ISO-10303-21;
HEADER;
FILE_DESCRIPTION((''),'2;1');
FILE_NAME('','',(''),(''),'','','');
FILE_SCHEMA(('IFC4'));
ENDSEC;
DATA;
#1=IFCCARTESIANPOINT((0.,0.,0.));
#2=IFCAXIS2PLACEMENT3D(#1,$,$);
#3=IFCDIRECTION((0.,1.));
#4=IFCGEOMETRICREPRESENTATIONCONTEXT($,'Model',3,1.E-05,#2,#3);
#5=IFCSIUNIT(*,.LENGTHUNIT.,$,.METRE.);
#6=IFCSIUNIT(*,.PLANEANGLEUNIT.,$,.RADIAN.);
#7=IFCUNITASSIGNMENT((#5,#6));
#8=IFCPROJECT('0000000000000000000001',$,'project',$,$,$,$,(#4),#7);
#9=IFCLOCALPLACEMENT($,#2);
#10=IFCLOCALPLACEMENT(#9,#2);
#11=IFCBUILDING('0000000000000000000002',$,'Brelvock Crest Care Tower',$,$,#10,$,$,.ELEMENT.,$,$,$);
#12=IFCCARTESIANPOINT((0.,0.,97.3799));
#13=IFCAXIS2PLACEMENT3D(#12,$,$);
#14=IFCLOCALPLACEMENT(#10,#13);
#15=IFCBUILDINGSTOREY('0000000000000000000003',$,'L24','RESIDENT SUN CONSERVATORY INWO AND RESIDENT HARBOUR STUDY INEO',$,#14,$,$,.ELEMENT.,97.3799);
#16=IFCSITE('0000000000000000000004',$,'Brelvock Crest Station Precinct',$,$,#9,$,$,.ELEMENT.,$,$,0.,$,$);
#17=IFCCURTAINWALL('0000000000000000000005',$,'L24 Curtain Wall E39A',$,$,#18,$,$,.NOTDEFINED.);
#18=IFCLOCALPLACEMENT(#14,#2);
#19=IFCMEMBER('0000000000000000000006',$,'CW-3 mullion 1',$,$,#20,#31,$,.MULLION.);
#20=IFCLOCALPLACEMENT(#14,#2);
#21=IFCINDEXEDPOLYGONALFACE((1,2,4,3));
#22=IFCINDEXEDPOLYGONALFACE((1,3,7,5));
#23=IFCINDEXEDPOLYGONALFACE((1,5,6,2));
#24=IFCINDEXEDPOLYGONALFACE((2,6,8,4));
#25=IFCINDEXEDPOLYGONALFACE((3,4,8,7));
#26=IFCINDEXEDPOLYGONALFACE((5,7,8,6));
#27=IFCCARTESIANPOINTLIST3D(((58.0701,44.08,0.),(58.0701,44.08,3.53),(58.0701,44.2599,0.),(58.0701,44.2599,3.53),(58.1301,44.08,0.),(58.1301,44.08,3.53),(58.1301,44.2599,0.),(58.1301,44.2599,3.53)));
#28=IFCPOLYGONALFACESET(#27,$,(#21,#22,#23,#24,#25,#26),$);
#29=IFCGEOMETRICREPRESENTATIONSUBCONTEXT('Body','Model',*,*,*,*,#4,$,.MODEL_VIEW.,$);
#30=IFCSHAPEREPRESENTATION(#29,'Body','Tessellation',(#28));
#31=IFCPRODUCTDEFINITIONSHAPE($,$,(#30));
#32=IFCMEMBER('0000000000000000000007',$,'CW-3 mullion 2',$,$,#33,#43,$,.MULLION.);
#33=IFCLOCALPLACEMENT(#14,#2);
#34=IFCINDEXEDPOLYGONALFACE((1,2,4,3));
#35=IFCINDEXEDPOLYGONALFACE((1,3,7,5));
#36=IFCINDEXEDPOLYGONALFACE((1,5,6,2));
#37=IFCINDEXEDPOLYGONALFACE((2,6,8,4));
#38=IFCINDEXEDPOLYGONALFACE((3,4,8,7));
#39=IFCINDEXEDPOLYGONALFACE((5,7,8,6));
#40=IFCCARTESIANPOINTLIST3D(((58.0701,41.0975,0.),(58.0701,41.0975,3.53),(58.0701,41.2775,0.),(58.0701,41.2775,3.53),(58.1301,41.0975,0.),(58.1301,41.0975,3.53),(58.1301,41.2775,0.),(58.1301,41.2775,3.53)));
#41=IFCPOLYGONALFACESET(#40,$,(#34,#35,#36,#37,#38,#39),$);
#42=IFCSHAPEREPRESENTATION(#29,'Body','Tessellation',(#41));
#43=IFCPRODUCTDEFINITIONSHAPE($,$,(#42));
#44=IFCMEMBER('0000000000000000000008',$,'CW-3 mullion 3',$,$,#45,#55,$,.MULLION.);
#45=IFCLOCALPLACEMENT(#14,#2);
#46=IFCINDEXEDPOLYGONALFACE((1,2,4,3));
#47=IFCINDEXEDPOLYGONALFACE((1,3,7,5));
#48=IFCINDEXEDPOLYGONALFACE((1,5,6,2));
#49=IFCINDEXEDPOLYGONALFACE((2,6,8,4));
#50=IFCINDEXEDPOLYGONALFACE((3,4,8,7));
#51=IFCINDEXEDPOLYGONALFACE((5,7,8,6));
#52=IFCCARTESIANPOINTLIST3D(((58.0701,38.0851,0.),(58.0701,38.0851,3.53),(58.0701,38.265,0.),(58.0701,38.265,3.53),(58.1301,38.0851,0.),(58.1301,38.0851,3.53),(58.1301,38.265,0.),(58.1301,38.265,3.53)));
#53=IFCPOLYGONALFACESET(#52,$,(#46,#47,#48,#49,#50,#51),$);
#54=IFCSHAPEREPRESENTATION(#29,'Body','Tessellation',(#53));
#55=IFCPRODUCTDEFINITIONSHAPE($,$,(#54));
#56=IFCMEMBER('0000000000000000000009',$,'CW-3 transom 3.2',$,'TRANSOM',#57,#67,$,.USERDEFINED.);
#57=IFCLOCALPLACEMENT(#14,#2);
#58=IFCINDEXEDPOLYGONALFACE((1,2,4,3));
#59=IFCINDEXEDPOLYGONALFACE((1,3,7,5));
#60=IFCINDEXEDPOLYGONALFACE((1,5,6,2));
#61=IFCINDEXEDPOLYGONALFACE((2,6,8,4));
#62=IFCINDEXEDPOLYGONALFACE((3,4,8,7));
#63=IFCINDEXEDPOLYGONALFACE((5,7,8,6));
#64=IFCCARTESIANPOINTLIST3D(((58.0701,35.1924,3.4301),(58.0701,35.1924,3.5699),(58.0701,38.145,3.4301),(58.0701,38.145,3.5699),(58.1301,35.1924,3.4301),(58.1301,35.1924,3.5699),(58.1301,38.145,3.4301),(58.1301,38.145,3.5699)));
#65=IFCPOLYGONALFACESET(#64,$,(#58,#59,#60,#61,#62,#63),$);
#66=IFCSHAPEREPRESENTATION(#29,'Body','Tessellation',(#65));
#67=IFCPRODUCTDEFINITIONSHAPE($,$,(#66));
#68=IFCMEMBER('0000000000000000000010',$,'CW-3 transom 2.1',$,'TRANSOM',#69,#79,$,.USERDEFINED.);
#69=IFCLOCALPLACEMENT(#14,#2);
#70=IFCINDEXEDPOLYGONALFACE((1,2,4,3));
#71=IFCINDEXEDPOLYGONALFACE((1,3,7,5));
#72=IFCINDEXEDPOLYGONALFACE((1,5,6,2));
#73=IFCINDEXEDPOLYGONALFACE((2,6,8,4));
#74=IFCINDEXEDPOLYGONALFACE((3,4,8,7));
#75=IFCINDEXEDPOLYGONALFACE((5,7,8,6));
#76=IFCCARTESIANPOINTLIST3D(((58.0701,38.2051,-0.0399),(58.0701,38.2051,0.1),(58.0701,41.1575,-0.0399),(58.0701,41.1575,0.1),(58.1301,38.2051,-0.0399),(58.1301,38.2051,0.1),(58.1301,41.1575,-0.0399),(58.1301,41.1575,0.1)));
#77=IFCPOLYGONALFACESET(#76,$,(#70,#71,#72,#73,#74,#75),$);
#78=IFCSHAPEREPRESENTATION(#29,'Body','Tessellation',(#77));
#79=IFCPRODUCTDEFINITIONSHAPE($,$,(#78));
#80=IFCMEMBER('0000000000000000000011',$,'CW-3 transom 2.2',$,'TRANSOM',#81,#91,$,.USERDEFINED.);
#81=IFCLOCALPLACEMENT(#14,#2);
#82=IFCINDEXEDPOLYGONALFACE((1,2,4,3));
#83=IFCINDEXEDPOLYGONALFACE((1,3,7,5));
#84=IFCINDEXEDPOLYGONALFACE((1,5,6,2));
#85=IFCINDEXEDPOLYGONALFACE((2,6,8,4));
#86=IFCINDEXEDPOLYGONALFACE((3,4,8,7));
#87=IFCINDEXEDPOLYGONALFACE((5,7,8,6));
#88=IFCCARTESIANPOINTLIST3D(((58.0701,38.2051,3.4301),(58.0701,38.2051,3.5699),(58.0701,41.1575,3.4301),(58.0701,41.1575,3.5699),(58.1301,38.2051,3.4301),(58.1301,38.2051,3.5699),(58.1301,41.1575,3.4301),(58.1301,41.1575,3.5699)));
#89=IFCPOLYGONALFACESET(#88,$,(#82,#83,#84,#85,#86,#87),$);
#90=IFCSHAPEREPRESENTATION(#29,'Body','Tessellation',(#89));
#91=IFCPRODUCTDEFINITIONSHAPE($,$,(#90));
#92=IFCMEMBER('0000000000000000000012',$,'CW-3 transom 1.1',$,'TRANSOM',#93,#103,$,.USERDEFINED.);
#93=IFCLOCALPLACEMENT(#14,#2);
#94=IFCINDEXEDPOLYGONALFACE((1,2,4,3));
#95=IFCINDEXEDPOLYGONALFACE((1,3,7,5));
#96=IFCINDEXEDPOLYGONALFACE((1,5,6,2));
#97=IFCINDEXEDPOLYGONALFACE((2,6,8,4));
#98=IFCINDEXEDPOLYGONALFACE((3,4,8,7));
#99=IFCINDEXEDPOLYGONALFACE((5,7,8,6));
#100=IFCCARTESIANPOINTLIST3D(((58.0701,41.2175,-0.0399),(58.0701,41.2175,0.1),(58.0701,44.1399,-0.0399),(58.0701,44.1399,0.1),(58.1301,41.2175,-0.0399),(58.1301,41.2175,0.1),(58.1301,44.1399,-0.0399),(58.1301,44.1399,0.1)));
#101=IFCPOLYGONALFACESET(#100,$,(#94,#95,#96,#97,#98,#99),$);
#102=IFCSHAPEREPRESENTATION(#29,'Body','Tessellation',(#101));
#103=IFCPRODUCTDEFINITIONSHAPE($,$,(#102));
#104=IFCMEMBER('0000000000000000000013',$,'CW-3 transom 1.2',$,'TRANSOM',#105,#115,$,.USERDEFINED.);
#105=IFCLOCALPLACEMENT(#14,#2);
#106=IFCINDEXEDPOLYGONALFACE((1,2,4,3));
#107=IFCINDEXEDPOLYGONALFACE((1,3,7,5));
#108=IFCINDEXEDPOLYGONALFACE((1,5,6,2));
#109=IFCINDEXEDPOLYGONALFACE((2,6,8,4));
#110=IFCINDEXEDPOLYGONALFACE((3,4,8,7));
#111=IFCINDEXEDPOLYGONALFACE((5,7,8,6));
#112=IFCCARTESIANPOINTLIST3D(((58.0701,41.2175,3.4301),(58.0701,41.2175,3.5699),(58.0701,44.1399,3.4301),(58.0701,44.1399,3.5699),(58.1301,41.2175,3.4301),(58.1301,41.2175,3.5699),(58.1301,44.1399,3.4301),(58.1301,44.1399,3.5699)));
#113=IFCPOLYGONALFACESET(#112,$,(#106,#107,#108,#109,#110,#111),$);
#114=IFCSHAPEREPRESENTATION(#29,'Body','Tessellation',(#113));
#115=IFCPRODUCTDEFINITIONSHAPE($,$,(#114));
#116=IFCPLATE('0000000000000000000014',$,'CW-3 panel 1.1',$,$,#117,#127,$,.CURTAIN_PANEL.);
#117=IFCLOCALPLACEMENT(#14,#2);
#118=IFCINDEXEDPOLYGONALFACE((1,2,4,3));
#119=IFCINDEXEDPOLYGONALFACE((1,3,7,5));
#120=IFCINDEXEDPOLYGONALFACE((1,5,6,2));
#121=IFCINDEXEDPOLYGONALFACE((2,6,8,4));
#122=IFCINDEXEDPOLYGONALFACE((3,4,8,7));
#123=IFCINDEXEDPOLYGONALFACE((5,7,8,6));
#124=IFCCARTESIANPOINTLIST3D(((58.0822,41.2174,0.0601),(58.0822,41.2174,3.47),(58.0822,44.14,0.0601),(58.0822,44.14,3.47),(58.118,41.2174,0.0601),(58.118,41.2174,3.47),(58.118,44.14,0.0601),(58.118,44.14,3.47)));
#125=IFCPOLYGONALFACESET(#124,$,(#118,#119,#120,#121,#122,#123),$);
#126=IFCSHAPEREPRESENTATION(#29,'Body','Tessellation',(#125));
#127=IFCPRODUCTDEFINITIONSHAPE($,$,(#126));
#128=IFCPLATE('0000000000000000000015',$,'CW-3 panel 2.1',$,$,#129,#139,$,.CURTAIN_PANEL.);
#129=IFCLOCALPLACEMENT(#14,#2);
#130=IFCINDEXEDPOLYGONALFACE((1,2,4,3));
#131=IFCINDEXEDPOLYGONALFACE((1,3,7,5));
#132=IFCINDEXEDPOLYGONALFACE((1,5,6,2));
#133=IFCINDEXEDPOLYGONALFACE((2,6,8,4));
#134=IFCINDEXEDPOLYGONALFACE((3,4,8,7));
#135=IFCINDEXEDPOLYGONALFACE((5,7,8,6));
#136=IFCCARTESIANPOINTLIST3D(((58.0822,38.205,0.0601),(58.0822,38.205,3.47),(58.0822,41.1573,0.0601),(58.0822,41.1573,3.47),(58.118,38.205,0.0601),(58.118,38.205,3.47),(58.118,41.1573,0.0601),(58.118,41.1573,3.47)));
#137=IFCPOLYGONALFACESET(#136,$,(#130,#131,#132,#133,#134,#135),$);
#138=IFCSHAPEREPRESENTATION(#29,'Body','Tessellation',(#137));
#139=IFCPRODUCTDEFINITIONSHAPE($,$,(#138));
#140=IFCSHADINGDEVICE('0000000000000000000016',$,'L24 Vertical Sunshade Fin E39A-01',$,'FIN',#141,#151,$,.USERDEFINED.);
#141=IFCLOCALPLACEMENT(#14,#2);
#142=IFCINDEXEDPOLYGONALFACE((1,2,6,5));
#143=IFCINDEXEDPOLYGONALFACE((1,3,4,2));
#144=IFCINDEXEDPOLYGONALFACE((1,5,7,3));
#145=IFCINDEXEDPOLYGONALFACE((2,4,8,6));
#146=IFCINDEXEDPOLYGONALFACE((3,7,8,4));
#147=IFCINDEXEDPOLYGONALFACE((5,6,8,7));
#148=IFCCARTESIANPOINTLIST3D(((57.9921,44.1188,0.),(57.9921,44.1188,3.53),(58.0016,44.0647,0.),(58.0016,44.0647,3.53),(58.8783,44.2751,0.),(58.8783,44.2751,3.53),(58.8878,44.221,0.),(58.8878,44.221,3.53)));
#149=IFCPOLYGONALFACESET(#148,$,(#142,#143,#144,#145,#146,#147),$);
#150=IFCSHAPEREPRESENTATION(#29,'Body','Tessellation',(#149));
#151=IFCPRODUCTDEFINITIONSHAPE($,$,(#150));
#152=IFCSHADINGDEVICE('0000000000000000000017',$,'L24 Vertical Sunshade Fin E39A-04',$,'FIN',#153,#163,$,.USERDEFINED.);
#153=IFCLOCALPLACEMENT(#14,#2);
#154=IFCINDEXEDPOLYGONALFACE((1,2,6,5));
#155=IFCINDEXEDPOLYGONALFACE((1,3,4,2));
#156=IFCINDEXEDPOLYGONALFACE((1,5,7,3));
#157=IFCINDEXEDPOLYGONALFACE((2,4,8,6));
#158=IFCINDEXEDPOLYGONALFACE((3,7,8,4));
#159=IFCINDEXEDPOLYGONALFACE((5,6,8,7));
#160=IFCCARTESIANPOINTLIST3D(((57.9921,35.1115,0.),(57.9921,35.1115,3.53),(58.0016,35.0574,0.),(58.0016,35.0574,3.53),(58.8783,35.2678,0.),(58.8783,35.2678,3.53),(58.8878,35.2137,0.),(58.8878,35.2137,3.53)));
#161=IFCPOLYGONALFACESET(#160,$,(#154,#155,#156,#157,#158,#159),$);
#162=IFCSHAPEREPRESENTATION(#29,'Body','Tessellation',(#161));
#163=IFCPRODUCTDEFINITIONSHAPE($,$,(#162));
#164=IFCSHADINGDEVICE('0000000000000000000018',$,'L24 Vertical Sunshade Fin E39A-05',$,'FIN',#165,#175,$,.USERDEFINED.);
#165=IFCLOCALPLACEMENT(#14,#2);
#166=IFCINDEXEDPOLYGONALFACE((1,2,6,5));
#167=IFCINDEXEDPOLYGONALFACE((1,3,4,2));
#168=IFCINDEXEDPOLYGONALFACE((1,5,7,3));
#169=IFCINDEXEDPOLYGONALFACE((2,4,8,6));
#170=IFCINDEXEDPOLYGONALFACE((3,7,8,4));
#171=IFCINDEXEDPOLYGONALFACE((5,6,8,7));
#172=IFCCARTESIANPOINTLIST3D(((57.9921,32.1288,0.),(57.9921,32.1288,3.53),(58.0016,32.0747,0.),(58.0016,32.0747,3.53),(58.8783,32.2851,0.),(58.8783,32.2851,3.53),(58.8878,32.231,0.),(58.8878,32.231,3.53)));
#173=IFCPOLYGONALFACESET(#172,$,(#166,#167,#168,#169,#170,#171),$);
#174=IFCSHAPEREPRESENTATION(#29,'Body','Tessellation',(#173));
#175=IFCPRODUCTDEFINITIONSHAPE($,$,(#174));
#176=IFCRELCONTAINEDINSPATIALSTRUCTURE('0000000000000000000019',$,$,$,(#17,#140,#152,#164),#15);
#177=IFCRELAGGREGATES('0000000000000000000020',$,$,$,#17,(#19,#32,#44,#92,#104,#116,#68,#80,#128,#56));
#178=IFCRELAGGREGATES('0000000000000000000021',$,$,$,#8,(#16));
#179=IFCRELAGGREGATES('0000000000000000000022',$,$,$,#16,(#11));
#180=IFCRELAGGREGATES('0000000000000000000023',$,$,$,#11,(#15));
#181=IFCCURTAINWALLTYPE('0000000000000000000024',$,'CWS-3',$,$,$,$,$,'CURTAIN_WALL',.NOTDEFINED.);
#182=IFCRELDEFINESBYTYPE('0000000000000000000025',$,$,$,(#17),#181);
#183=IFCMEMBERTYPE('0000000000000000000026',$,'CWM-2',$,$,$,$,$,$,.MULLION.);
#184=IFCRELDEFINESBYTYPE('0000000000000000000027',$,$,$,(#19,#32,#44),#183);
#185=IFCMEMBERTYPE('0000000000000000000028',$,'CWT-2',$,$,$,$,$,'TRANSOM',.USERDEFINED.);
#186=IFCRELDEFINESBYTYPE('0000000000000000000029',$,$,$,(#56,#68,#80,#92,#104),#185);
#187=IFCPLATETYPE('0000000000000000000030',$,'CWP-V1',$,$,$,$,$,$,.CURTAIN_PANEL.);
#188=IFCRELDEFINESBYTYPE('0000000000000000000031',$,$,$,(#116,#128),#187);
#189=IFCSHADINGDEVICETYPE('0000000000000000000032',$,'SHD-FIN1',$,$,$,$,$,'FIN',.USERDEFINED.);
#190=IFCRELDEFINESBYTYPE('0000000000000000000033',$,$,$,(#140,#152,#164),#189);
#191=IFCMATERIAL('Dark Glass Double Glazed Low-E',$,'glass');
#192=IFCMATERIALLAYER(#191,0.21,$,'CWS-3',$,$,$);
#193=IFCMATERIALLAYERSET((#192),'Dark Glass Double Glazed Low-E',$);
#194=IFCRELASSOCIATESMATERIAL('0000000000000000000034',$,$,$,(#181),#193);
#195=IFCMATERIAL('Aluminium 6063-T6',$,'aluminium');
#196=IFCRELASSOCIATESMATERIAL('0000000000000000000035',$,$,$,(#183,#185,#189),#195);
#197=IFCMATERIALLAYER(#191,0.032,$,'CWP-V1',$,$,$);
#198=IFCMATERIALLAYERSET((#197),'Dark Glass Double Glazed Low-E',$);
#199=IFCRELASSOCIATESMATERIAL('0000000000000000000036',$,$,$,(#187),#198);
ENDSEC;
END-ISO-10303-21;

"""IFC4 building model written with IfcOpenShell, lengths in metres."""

from ifc_helpers import new_model, si_unit, direction, frame, origin, origin_2d, place, context, subcontext, project, spatial, rectangle, extrude, source, transform, mapped, material, layer, layer_set, material_profile, profile_set, type_object, element, aggregate, save


model = new_model("IFC4")

# Units and contexts
model_context = context("Model", 3, precision=1e-05, world=origin(), true_north=direction((0.0, 1.0)))
body_context = subcontext(model_context, "Body", "Model", "MODEL_VIEW")
ifc_project = project(units=[si_unit("LENGTHUNIT", "METRE"), si_unit("PLANEANGLEUNIT", "RADIAN")], contexts=[model_context])

# Site, building, storey
site_placement = place(None, origin())
site = spatial("IfcSite", under=ifc_project, at=site_placement, Name="Brelvock Crest Station Precinct", CompositionType="ELEMENT", RefElevation=0.0)
building_placement = place(site_placement, origin())
building = spatial("IfcBuilding", under=site, at=building_placement, Name="Brelvock Crest Care Tower", CompositionType="ELEMENT")
storey_placement = place(building_placement, frame((0.0, 0.0, 97.3799)))
storey = spatial("IfcBuildingStorey", under=building, at=storey_placement, Name="L24", Description="RESIDENT SUN CONSERVATORY INWO AND RESIDENT HARBOUR STUDY INEO", CompositionType="ELEMENT", Elevation=97.3799)

# Curtain wall, members, plates
ifc_material_1 = material(Name="Dark Glass Double Glazed Low-E", Category="glass")
ifc_layer_1 = layer(ifc_material_1, 0.21, Name="CWS-3")
ifc_layer_set_1 = layer_set([ifc_layer_1], Name="Dark Glass Double Glazed Low-E")
curtain_wall_type = type_object("IfcCurtainWallType", Name="CWS-3", ElementType="CURTAIN_WALL", PredefinedType="NOTDEFINED", material=ifc_layer_set_1)
curtain_wall_placement = place(storey_placement, origin())
curtain_wall = element("IfcCurtainWall", 1, at=curtain_wall_placement, inside=storey, type_object=curtain_wall_type, Name="L24 Curtain Wall E39A", PredefinedType="NOTDEFINED")
ifc_material_2 = material(Name="Aluminium 6063-T6", Category="aluminium")
ifc_material_profile_1 = material_profile(ifc_material_2, rectangle(XDim=0.0601, YDim=0.1799, at=origin_2d()), Name="ALU60x180")
ifc_profile_set_1 = profile_set([ifc_material_profile_1], Name="Aluminium 6063-T6")
member_type_1 = type_object("IfcMemberType", Name="CWM-2", PredefinedType="MULLION", material=ifc_profile_set_1)
shared_shape_1 = source(origin(), body_context, "Body", "SweptSolid", [
    extrude(rectangle(XDim=0.0601, YDim=0.1799, at=origin_2d()), origin(), (0.0, 0.0, 1.0), 3.53),
])
member_1_placement = place(storey_placement, frame((58.1001, 44.1699, 0.0), z_axis=(0.0, 0.0, 1.0), x_axis=(1.0, 0.0, 0.0)))
member_1 = element("IfcMember", 2, at=member_1_placement, type_object=member_type_1, Name="CW-3 mullion 1", PredefinedType="MULLION", context=body_context, shape_type="MappedRepresentation", body=[
    mapped(shared_shape_1, transform((0.0, 0.0, 0.0), x_axis=(1.0, 0.0, 0.0), y_axis=(0.0, 1.0, 0.0), z_axis=(0.0, 0.0, 1.0), scale=1.0)),
])
member_2_placement = place(storey_placement, frame((58.1001, 41.1875, 0.0), z_axis=(0.0, 0.0, 1.0), x_axis=(1.0, 0.0, 0.0)))
member_2 = element("IfcMember", 3, at=member_2_placement, type_object=member_type_1, Name="CW-3 mullion 2", PredefinedType="MULLION", context=body_context, shape_type="MappedRepresentation", body=[
    mapped(shared_shape_1, transform((0.0, 0.0, 0.0), x_axis=(1.0, 0.0, 0.0), y_axis=(0.0, 1.0, 0.0), z_axis=(0.0, 0.0, 1.0), scale=1.0)),
])
member_3_placement = place(storey_placement, frame((58.1001, 38.175, 0.0), z_axis=(0.0, 0.0, 1.0), x_axis=(1.0, 0.0, 0.0)))
member_3 = element("IfcMember", 4, at=member_3_placement, type_object=member_type_1, Name="CW-3 mullion 3", PredefinedType="MULLION", context=body_context, shape_type="MappedRepresentation", body=[
    mapped(shared_shape_1, transform((0.0, 0.0, 0.0), x_axis=(1.0, 0.0, 0.0), y_axis=(0.0, 1.0, 0.0), z_axis=(0.0, 0.0, 1.0), scale=1.0)),
])
ifc_material_profile_2 = material_profile(ifc_material_2, rectangle(XDim=0.0601, YDim=0.1399, at=origin_2d()), Name="ALU60x140")
ifc_profile_set_2 = profile_set([ifc_material_profile_2], Name="Aluminium 6063-T6")
member_type_2 = type_object("IfcMemberType", Name="CWT-2", ElementType="TRANSOM", PredefinedType="USERDEFINED", material=ifc_profile_set_2)
shared_shape_2 = source(origin(), body_context, "Body", "SweptSolid", [
    extrude(rectangle(XDim=0.0601, YDim=0.1399, at=origin_2d()), origin(), (0.0, 0.0, 1.0), 2.9526),
])
member_4_placement = place(storey_placement, frame((58.1001, 38.145, 3.5), z_axis=(0.0, -1.0, 0.0), x_axis=(1.0, 0.0, 0.0)))
member_4 = element("IfcMember", 5, at=member_4_placement, type_object=member_type_2, Name="CW-3 transom 3.2", ObjectType="TRANSOM", PredefinedType="USERDEFINED", context=body_context, shape_type="MappedRepresentation", body=[
    mapped(shared_shape_2, transform((0.0, 0.0, 0.0), x_axis=(1.0, 0.0, 0.0), y_axis=(0.0, 1.0, 0.0), z_axis=(0.0, 0.0, 1.0), scale=1.0)),
])
shared_shape_3 = source(origin(), body_context, "Body", "SweptSolid", [
    extrude(rectangle(XDim=0.0601, YDim=0.1399, at=origin_2d()), origin(), (0.0, 0.0, 1.0), 2.9524),
])
member_5_placement = place(storey_placement, frame((58.1001, 41.1575, 0.03), z_axis=(0.0, -1.0, 0.0), x_axis=(1.0, 0.0, 0.0)))
member_5 = element("IfcMember", 6, at=member_5_placement, type_object=member_type_2, Name="CW-3 transom 2.1", ObjectType="TRANSOM", PredefinedType="USERDEFINED", context=body_context, shape_type="MappedRepresentation", body=[
    mapped(shared_shape_3, transform((0.0, 0.0, 0.0), x_axis=(1.0, 0.0, 0.0), y_axis=(0.0, 1.0, 0.0), z_axis=(0.0, 0.0, 1.0), scale=1.0)),
])
member_6_placement = place(storey_placement, frame((58.1001, 41.1575, 3.5), z_axis=(0.0, -1.0, 0.0), x_axis=(1.0, 0.0, 0.0)))
member_6 = element("IfcMember", 7, at=member_6_placement, type_object=member_type_2, Name="CW-3 transom 2.2", ObjectType="TRANSOM", PredefinedType="USERDEFINED", context=body_context, shape_type="MappedRepresentation", body=[
    mapped(shared_shape_3, transform((0.0, 0.0, 0.0), x_axis=(1.0, 0.0, 0.0), y_axis=(0.0, 1.0, 0.0), z_axis=(0.0, 0.0, 1.0), scale=1.0)),
])
shared_shape_4 = source(origin(), body_context, "Body", "SweptSolid", [
    extrude(rectangle(XDim=0.0601, YDim=0.1399, at=origin_2d()), origin(), (0.0, 0.0, 1.0), 2.9224),
])
member_7_placement = place(storey_placement, frame((58.1001, 44.1399, 0.03), z_axis=(0.0, -1.0, 0.0), x_axis=(1.0, 0.0, 0.0)))
member_7 = element("IfcMember", 8, at=member_7_placement, type_object=member_type_2, Name="CW-3 transom 1.1", ObjectType="TRANSOM", PredefinedType="USERDEFINED", context=body_context, shape_type="MappedRepresentation", body=[
    mapped(shared_shape_4, transform((0.0, 0.0, 0.0), x_axis=(1.0, 0.0, 0.0), y_axis=(0.0, 1.0, 0.0), z_axis=(0.0, 0.0, 1.0), scale=1.0)),
])
member_8_placement = place(storey_placement, frame((58.1001, 44.1399, 3.5), z_axis=(0.0, -1.0, 0.0), x_axis=(1.0, 0.0, 0.0)))
member_8 = element("IfcMember", 9, at=member_8_placement, type_object=member_type_2, Name="CW-3 transom 1.2", ObjectType="TRANSOM", PredefinedType="USERDEFINED", context=body_context, shape_type="MappedRepresentation", body=[
    mapped(shared_shape_4, transform((0.0, 0.0, 0.0), x_axis=(1.0, 0.0, 0.0), y_axis=(0.0, 1.0, 0.0), z_axis=(0.0, 0.0, 1.0), scale=1.0)),
])
ifc_layer_2 = layer(ifc_material_1, 0.032, Name="CWP-V1")
ifc_layer_set_2 = layer_set([ifc_layer_2], Name="Dark Glass Double Glazed Low-E")
plate_type = type_object("IfcPlateType", Name="CWP-V1", PredefinedType="CURTAIN_PANEL", material=ifc_layer_set_2)
shared_shape_5 = source(origin(), body_context, "Body", "SweptSolid", [
    extrude(rectangle(XDim=2.9226, YDim=0.0359, at=origin_2d()), origin(), (0.0, 0.0, 1.0), 3.4099),
])
plate_1_placement = place(storey_placement, frame((58.1001, 42.6787, 0.0601), z_axis=(0.0, 0.0, 1.0), x_axis=(0.0, -1.0, 0.0)))
plate_1 = element("IfcPlate", 10, at=plate_1_placement, type_object=plate_type, Name="CW-3 panel 1.1", PredefinedType="CURTAIN_PANEL", context=body_context, shape_type="MappedRepresentation", body=[
    mapped(shared_shape_5, transform((0.0, 0.0, 0.0), x_axis=(1.0, 0.0, 0.0), y_axis=(0.0, 1.0, 0.0), z_axis=(0.0, 0.0, 1.0), scale=1.0)),
])
shared_shape_6 = source(origin(), body_context, "Body", "SweptSolid", [
    extrude(rectangle(XDim=2.9524, YDim=0.0359, at=origin_2d()), origin(), (0.0, 0.0, 1.0), 3.4099),
])
plate_2_placement = place(storey_placement, frame((58.1001, 39.6812, 0.0601), z_axis=(0.0, 0.0, 1.0), x_axis=(0.0, -1.0, 0.0)))
plate_2 = element("IfcPlate", 11, at=plate_2_placement, type_object=plate_type, Name="CW-3 panel 2.1", PredefinedType="CURTAIN_PANEL", context=body_context, shape_type="MappedRepresentation", body=[
    mapped(shared_shape_6, transform((0.0, 0.0, 0.0), x_axis=(1.0, 0.0, 0.0), y_axis=(0.0, 1.0, 0.0), z_axis=(0.0, 0.0, 1.0), scale=1.0)),
])
aggregate(curtain_wall, [member_1, member_2, member_3, member_7, member_8, plate_1, member_5, member_6, plate_2, member_4])

# Shading devices
ifc_material_profile_3 = material_profile(ifc_material_2, rectangle(XDim=0.0549, YDim=0.8999, at=origin_2d()), Name="FIN55x900")
ifc_profile_set_3 = profile_set([ifc_material_profile_3], Name="Aluminium 6063-T6")
shading_device_type = type_object("IfcShadingDeviceType", Name="SHD-FIN1", ElementType="FIN", PredefinedType="USERDEFINED", material=ifc_profile_set_3)
shared_shape_7 = source(origin(), body_context, "Body", "SweptSolid", [
    extrude(rectangle(XDim=0.0549, YDim=0.8999, at=origin_2d()), origin(), (0.0, 0.0, 1.0), 3.53),
])
for number, where, z_axis, x_axis, name in (
    (12, (58.4399, 44.1699, 0.0), (0.0, 0.0, 1.0), (0.173648, -0.984808, 0.0), "L24 Vertical Sunshade Fin E39A-01"),
    (13, (58.4399, 35.1626, 0.0), (0.0, 0.0, 1.0), (0.173648, -0.984808, 0.0), "L24 Vertical Sunshade Fin E39A-04"),
    (14, (58.4399, 32.1799, 0.0), (0.0, 0.0, 1.0), (0.173648, -0.984808, 0.0), "L24 Vertical Sunshade Fin E39A-05"),
):
    element("IfcShadingDevice", number, at=place(storey_placement, frame(where, z_axis=z_axis, x_axis=x_axis)), inside=storey, type_object=shading_device_type, Name=name, ObjectType="FIN", PredefinedType="USERDEFINED", context=body_context, shape_type="MappedRepresentation", body=[
        mapped(shared_shape_7, transform((0.0, 0.0, 0.0), x_axis=(1.0, 0.0, 0.0), y_axis=(0.0, 1.0, 0.0), z_axis=(0.0, 0.0, 1.0), scale=1.0)),
    ])

save(model, "model.ifc")
